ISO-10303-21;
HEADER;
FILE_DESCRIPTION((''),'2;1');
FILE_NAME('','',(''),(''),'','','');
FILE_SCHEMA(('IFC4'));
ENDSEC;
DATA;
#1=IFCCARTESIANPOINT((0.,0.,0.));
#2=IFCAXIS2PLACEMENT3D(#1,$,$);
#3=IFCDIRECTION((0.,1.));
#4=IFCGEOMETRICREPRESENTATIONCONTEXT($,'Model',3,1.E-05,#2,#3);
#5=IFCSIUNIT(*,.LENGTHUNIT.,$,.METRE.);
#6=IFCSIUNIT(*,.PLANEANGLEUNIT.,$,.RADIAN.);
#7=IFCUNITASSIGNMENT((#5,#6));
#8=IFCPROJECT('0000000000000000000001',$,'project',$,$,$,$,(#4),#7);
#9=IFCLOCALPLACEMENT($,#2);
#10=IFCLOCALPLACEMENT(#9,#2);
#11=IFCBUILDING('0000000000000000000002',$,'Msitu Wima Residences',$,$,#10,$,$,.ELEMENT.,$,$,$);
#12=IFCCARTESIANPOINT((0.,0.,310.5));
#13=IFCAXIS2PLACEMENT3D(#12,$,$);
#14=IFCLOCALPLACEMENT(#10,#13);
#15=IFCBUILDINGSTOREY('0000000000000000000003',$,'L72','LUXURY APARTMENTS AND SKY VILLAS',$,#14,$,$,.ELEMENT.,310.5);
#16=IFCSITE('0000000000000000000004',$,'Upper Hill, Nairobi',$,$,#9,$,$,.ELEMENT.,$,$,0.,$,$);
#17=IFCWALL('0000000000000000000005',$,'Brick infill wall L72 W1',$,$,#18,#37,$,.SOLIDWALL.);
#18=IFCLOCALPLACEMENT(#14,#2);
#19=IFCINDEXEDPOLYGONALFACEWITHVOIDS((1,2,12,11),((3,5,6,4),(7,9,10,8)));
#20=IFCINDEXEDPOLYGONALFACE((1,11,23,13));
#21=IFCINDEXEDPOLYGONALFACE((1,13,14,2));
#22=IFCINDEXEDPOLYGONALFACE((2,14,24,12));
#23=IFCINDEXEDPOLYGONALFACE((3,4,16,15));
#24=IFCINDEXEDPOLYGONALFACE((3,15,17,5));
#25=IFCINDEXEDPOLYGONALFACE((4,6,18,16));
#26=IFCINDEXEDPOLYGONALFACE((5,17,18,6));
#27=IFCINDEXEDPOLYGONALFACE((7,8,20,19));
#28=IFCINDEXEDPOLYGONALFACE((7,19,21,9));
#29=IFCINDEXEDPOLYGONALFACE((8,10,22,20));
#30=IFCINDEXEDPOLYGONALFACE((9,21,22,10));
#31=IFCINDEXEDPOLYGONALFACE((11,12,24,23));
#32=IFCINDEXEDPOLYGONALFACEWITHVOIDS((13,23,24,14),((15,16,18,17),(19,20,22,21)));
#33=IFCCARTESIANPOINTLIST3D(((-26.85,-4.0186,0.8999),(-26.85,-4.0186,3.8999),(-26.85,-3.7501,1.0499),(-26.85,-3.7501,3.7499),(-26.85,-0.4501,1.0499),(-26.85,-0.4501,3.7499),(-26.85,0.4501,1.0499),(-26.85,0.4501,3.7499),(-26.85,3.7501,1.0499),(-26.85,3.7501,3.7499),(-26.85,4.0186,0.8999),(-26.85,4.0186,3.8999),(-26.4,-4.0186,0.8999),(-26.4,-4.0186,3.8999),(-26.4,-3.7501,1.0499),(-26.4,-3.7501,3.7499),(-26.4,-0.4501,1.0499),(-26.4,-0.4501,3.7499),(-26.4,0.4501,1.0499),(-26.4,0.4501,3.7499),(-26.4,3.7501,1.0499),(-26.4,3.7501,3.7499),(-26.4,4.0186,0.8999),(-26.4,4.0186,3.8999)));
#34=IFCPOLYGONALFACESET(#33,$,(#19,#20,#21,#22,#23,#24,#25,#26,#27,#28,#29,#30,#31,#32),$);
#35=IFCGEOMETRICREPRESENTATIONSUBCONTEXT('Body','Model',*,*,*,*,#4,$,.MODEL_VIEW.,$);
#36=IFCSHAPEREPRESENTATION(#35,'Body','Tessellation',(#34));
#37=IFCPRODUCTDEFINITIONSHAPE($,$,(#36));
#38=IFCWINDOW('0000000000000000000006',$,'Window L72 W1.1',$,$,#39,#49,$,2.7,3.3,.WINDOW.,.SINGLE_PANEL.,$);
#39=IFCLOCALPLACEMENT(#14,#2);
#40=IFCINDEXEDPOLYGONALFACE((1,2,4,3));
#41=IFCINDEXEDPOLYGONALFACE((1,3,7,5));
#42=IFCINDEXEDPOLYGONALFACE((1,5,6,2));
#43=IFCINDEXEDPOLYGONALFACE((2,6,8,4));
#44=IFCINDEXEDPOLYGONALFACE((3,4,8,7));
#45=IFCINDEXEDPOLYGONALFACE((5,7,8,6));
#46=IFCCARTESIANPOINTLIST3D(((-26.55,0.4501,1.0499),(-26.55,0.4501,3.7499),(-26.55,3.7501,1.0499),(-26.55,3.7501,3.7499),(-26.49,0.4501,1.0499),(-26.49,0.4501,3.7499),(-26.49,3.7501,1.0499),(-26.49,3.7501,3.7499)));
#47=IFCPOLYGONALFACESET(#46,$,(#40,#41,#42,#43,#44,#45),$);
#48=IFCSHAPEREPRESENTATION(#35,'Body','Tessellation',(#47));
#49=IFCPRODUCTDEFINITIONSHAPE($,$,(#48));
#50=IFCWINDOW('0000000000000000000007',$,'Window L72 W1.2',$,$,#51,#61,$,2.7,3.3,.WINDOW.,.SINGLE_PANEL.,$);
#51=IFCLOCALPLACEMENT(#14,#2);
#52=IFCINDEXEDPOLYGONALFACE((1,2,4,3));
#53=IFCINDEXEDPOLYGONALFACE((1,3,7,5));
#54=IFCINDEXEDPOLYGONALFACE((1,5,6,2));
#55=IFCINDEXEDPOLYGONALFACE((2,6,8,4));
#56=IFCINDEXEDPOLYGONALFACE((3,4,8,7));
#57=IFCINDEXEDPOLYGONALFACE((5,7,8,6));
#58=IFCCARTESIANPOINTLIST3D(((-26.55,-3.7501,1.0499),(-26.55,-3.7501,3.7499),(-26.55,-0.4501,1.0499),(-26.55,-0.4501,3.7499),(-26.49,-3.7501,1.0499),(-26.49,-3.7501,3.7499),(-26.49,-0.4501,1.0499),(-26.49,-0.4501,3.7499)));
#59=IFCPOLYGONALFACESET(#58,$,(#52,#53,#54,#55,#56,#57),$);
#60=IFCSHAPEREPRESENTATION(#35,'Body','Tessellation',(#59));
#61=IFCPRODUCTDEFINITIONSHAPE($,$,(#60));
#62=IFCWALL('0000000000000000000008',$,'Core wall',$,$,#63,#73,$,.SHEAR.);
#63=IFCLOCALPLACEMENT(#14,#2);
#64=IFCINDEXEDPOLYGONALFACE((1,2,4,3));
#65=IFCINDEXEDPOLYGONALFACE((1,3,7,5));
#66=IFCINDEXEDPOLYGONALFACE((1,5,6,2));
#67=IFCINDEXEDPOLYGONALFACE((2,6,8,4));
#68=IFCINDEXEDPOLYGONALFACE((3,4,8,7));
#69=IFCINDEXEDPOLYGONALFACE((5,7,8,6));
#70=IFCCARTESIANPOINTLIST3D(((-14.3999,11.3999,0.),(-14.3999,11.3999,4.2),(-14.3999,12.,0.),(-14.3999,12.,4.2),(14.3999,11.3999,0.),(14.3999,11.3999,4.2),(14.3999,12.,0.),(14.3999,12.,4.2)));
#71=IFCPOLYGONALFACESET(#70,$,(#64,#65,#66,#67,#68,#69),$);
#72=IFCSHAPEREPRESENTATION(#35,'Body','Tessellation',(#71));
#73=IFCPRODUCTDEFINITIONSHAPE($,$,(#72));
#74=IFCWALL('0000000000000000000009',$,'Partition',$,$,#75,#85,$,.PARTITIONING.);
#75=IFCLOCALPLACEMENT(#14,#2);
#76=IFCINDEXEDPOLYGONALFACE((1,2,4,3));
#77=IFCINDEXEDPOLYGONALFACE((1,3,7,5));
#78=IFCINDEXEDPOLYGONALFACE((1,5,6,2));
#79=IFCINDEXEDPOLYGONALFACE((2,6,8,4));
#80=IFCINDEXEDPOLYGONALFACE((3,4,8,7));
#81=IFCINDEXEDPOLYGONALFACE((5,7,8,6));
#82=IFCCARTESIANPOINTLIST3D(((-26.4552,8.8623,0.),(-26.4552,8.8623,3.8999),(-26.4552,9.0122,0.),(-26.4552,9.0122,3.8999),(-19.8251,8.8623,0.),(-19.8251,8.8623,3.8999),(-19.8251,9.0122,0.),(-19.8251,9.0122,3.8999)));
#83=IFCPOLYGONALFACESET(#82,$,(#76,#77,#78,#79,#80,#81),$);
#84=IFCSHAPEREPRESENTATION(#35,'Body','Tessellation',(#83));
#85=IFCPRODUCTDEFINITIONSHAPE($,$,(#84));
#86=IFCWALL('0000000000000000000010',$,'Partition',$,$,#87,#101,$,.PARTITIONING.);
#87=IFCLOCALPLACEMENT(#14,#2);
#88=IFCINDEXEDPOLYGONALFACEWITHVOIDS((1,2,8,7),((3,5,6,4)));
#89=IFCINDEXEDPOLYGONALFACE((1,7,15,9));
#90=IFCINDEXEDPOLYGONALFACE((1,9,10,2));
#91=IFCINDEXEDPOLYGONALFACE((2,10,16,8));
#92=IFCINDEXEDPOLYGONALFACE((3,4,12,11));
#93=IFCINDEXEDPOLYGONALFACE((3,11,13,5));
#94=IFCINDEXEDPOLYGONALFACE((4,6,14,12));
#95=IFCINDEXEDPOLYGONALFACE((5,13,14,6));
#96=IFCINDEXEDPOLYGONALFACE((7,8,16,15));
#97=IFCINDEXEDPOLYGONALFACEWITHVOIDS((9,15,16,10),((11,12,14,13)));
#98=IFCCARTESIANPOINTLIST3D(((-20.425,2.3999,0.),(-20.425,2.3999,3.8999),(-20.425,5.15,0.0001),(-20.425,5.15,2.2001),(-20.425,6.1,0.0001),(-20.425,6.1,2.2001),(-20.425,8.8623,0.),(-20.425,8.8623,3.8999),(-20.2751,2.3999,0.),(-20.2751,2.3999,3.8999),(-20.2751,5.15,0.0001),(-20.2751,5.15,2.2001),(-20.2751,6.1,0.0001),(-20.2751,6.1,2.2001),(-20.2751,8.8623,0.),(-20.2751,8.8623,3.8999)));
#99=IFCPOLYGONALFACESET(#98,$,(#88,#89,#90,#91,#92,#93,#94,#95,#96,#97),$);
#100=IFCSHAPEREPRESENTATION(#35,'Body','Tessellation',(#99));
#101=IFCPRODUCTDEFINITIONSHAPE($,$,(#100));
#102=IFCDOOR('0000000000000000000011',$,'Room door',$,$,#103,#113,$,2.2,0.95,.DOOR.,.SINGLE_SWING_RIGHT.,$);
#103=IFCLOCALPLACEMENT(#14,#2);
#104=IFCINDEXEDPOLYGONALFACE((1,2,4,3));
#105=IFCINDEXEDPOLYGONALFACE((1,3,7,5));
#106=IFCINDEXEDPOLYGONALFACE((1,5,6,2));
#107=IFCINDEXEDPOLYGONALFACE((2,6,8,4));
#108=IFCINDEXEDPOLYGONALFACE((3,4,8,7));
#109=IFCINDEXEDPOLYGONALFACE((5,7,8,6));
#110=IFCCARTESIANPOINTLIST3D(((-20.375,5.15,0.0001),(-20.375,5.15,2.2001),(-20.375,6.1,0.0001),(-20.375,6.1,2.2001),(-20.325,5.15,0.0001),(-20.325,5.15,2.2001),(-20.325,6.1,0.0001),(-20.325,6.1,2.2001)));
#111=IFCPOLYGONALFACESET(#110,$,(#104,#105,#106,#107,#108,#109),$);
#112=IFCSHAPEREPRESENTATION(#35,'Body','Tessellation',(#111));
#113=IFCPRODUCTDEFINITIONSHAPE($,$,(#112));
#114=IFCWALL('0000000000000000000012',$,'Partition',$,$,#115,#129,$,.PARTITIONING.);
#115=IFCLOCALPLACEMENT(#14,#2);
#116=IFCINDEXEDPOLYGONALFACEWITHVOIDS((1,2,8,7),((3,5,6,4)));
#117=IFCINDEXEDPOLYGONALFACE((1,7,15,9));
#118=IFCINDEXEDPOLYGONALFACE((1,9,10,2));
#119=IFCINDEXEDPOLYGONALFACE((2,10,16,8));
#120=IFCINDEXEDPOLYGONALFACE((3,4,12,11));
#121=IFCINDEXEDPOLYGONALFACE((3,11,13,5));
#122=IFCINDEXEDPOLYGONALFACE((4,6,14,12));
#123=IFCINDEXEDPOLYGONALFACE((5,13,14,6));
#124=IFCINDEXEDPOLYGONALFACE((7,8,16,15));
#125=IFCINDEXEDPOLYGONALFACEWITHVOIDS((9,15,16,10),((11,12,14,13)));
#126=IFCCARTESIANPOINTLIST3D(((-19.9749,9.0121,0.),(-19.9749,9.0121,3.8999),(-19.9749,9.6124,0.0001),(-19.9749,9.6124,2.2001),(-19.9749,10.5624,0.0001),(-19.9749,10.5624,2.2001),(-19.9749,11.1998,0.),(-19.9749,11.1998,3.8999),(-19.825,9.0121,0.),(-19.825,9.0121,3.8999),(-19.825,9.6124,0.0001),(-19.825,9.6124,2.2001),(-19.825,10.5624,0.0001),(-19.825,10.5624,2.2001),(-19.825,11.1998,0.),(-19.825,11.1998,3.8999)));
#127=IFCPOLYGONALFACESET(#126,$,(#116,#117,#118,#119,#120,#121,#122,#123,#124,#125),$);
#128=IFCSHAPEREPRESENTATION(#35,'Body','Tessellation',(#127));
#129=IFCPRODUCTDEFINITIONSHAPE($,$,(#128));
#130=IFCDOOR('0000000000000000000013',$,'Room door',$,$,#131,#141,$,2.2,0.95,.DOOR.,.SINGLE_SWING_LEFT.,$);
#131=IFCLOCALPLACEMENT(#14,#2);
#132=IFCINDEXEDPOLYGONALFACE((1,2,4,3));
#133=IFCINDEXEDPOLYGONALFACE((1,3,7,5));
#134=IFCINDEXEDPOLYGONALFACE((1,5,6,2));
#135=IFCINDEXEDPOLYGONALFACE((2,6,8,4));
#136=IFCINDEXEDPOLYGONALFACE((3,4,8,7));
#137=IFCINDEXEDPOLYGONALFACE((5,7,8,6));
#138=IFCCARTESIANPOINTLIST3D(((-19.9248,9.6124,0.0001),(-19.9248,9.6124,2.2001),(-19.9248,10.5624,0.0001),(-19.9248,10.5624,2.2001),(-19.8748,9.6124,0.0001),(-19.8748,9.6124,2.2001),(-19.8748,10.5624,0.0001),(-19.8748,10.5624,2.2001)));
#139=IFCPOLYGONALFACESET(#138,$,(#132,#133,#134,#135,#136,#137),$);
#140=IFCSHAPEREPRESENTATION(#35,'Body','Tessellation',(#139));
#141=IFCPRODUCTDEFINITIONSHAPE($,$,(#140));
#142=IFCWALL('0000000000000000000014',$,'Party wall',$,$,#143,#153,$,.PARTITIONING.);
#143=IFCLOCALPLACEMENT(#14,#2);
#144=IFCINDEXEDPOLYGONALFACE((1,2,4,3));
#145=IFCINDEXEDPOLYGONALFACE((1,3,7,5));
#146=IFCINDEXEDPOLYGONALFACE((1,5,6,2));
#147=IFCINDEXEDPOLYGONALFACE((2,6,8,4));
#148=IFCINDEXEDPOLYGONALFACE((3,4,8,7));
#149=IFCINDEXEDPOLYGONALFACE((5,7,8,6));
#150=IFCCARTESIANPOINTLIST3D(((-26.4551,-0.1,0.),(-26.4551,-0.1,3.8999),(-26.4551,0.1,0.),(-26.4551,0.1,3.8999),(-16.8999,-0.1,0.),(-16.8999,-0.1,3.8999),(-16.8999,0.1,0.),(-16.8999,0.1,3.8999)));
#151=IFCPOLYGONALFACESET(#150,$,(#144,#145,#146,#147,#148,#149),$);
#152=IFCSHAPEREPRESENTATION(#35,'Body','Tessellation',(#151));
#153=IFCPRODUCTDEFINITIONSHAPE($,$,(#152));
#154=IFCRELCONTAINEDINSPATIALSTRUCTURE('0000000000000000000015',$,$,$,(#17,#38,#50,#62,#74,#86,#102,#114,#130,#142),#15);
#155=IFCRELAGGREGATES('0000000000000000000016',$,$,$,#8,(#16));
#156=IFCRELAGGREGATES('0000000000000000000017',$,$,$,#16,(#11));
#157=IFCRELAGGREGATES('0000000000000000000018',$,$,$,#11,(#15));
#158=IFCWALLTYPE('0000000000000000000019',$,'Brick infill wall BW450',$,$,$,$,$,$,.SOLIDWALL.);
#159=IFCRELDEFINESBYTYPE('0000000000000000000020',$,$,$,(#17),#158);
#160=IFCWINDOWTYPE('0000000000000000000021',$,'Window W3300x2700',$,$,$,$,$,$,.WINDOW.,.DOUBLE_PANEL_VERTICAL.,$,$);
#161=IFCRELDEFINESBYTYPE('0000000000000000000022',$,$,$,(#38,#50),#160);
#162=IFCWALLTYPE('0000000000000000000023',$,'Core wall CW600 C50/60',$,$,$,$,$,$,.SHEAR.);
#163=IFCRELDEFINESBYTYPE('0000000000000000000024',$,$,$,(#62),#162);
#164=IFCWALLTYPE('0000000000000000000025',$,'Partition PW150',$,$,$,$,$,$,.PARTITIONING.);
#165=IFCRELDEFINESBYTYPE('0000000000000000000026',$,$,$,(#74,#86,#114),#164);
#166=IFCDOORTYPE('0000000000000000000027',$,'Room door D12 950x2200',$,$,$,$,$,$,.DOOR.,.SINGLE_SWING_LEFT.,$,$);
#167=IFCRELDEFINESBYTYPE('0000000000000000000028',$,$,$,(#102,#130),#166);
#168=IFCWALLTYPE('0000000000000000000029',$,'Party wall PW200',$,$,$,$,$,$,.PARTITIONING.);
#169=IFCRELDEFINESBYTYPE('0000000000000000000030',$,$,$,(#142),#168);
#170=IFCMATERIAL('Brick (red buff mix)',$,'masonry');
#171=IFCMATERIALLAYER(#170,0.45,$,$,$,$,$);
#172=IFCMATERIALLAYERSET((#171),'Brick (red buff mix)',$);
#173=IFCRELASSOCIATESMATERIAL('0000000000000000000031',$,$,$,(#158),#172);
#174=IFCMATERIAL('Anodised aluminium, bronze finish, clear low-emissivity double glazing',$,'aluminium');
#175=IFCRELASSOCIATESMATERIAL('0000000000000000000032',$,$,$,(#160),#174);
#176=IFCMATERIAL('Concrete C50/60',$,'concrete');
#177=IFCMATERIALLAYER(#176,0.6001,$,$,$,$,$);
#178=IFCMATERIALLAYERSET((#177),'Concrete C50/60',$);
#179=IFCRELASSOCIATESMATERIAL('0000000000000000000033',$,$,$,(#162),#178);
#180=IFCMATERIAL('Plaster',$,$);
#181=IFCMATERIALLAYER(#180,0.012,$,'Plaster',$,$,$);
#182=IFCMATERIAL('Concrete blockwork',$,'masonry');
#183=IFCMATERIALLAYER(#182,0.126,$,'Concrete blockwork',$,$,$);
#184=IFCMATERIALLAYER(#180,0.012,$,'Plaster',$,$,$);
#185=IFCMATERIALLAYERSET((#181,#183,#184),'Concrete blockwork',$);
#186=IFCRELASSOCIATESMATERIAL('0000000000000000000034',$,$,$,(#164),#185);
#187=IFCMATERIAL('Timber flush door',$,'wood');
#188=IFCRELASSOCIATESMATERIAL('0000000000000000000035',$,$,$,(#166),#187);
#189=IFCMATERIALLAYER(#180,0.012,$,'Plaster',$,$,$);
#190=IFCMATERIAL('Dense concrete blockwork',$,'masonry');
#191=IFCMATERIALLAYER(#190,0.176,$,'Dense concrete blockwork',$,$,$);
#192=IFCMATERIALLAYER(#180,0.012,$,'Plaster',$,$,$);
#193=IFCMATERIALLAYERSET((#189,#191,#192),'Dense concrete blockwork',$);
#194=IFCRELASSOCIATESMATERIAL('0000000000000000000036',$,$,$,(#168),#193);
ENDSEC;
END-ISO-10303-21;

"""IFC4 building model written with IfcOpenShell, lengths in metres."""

from ifc_helpers import new_model, si_unit, direction, frame, frame_2d, origin, place, context, subcontext, project, spatial, rectangle, extrude, material, layer, layer_set, type_object, element, fill, save


model = new_model("IFC4")

# Units and contexts
model_context = context("Model", 3, precision=1e-05, world=origin(), true_north=direction((0.0, 1.0)))
body_context = subcontext(model_context, "Body", "Model", "MODEL_VIEW")
ifc_project = project(units=[si_unit("LENGTHUNIT", "METRE"), si_unit("PLANEANGLEUNIT", "RADIAN")], contexts=[model_context])

# Site, building, storey
site_placement = place(None, origin())
site = spatial("IfcSite", under=ifc_project, at=site_placement, Name="Upper Hill, Nairobi", CompositionType="ELEMENT", RefElevation=0.0)
building_placement = place(site_placement, origin())
building = spatial("IfcBuilding", under=site, at=building_placement, Name="Msitu Wima Residences", CompositionType="ELEMENT")
storey_placement = place(building_placement, frame((0.0, 0.0, 310.5)))
storey = spatial("IfcBuildingStorey", under=building, at=storey_placement, Name="L72", Description="LUXURY APARTMENTS AND SKY VILLAS", CompositionType="ELEMENT", Elevation=310.5)

# Shared definitions
ifc_material_1 = material(Name="Concrete C50/60", Category="concrete")

# Shared definitions
ifc_material_2 = material(Name="Brick (red buff mix)", Category="masonry")
ifc_layer_1 = layer(ifc_material_2, 0.45)
ifc_layer_set_1 = layer_set([ifc_layer_1], Name="Brick (red buff mix)")
wall_type_1 = type_object("IfcWallType", Name="Brick infill wall BW450", PredefinedType="SOLIDWALL", material=ifc_layer_set_1)
ifc_material_3 = material(Name="Anodised aluminium, bronze finish, clear low-emissivity double glazing", Category="aluminium")
window_type = type_object("IfcWindowType", Name="Window W3300x2700", PartitioningType="DOUBLE_PANEL_VERTICAL", PredefinedType="WINDOW", material=ifc_material_3)

# Wall, openings, windows
wall_1_placement = place(storey_placement, frame((-26.625, 4.0186, 0.8999), z_axis=(0.0, 0.0, 1.0), x_axis=(0.0, -1.0, 0.0)))
wall_1 = element("IfcWall", 1, at=wall_1_placement, inside=storey, type_object=wall_type_1, Name="Brick infill wall L72 W1", PredefinedType="SOLIDWALL", context=body_context, shape_type="SweptSolid", body=[
    extrude(rectangle(XDim=8.0371, YDim=0.45, at=frame_2d((4.0186, 0.0))), origin(), (0.0, 0.0, 1.0), 3.0),
])
opening_1_placement = place(wall_1_placement, frame((0.2686, 0.0, 0.1499)))
opening_1 = element("IfcOpeningElement", 2, at=opening_1_placement, cuts=wall_1, PredefinedType="OPENING", context=body_context, shape_type="SweptSolid", body=[
    extrude(rectangle(XDim=3.3, YDim=2.7, at=frame_2d((1.6499, 1.3501))), frame((0.0, 0.2349, 0.0), z_axis=(0.0, -1.0, 0.0), x_axis=(1.0, 0.0, 0.0)), (0.0, 0.0, 1.0), 0.47),
])
opening_2_placement = place(wall_1_placement, frame((4.4688, 0.0, 0.1499)))
opening_2 = element("IfcOpeningElement", 3, at=opening_2_placement, cuts=wall_1, PredefinedType="OPENING", context=body_context, shape_type="SweptSolid", body=[
    extrude(rectangle(XDim=3.3, YDim=2.7, at=frame_2d((1.6499, 1.3501))), frame((0.0, 0.2349, 0.0), z_axis=(0.0, -1.0, 0.0), x_axis=(1.0, 0.0, 0.0)), (0.0, 0.0, 1.0), 0.47),
])
window_1_placement = place(opening_1_placement, origin())
window_1 = element("IfcWindow", 4, at=window_1_placement, inside=storey, type_object=window_type, Name="Window L72 W1.1", OverallHeight=2.7, OverallWidth=3.3, PartitioningType="SINGLE_PANEL", PredefinedType="WINDOW", context=body_context, shape_type="SweptSolid", body=[
    extrude(rectangle(XDim=3.3, YDim=2.7, at=frame_2d((1.6499, 1.3501))), frame((0.0, 0.135, 0.0), z_axis=(0.0, -1.0, 0.0), x_axis=(1.0, 0.0, 0.0)), (0.0, 0.0, 1.0), 0.0601),
])
fill(opening_1, window_1)
window_2_placement = place(opening_2_placement, origin())
window_2 = element("IfcWindow", 5, at=window_2_placement, inside=storey, type_object=window_type, Name="Window L72 W1.2", OverallHeight=2.7, OverallWidth=3.3, PartitioningType="SINGLE_PANEL", PredefinedType="WINDOW", context=body_context, shape_type="SweptSolid", body=[
    extrude(rectangle(XDim=3.3, YDim=2.7, at=frame_2d((1.6499, 1.3501))), frame((0.0, 0.135, 0.0), z_axis=(0.0, -1.0, 0.0), x_axis=(1.0, 0.0, 0.0)), (0.0, 0.0, 1.0), 0.0601),
])
fill(opening_2, window_2)

# Walls
ifc_layer_2 = layer(ifc_material_1, 0.6001)
ifc_layer_set_2 = layer_set([ifc_layer_2], Name="Concrete C50/60")
wall_type_2 = type_object("IfcWallType", Name="Core wall CW600 C50/60", PredefinedType="SHEAR", material=ifc_layer_set_2)
wall_2_placement = place(storey_placement, frame((-14.3999, 11.7, 0.0), z_axis=(0.0, 0.0, 1.0), x_axis=(1.0, 0.0, 0.0)))
element("IfcWall", 6, at=wall_2_placement, inside=storey, type_object=wall_type_2, Name="Core wall", PredefinedType="SHEAR", context=body_context, shape_type="SweptSolid", body=[
    extrude(rectangle(XDim=28.7998, YDim=0.6001, at=frame_2d((14.3999, 0.0))), origin(), (0.0, 0.0, 1.0), 4.2),
])
ifc_material_4 = material(Name="Plaster")
ifc_layer_3 = layer(ifc_material_4, 0.012, Name="Plaster")
ifc_material_5 = material(Name="Concrete blockwork", Category="masonry")
ifc_layer_4 = layer(ifc_material_5, 0.126, Name="Concrete blockwork")
ifc_layer_5 = layer(ifc_material_4, 0.012, Name="Plaster")
ifc_layer_set_3 = layer_set([ifc_layer_3, ifc_layer_4, ifc_layer_5], Name="Concrete blockwork")
wall_type_3 = type_object("IfcWallType", Name="Partition PW150", PredefinedType="PARTITIONING", material=ifc_layer_set_3)
wall_3_placement = place(storey_placement, frame((-26.4551, 8.9373, 0.0), z_axis=(0.0, 0.0, 1.0), x_axis=(1.0, 0.0, 0.0)))
element("IfcWall", 7, at=wall_3_placement, inside=storey, type_object=wall_type_3, Name="Partition", PredefinedType="PARTITIONING", context=body_context, shape_type="SweptSolid", body=[
    extrude(rectangle(XDim=6.6301, YDim=0.1499, at=frame_2d((3.3149, 0.0))), origin(), (0.0, 0.0, 1.0), 3.8999),
])

# Walls, openings, doors
wall_4_placement = place(storey_placement, frame((-20.3501, 2.3999, 0.0), z_axis=(0.0, 0.0, 1.0), x_axis=(0.0, 1.0, 0.0)))
wall_4 = element("IfcWall", 8, at=wall_4_placement, inside=storey, type_object=wall_type_3, Name="Partition", PredefinedType="PARTITIONING", context=body_context, shape_type="SweptSolid", body=[
    extrude(rectangle(XDim=6.4624, YDim=0.1499, at=frame_2d((3.2312, 0.0))), origin(), (0.0, 0.0, 1.0), 3.8999),
])
opening_3_placement = place(wall_4_placement, frame((2.75, 0.0, 0.0)))
opening_3 = element("IfcOpeningElement", 9, at=opening_3_placement, cuts=wall_4, PredefinedType="OPENING", context=body_context, shape_type="SweptSolid", body=[
    extrude(rectangle(XDim=0.95, YDim=2.2, at=frame_2d((0.4751, 1.1001))), frame((0.0, 0.085, 0.0), z_axis=(0.0, -1.0, 0.0), x_axis=(1.0, 0.0, 0.0)), (0.0, 0.0, 1.0), 0.1699),
])
ifc_material_6 = material(Name="Timber flush door", Category="wood")
door_type_1 = type_object("IfcDoorType", Name="Room door D12 950x2200", OperationType="SINGLE_SWING_LEFT", PredefinedType="DOOR", material=ifc_material_6)
door_1_placement = place(opening_3_placement, origin())
door_1 = element("IfcDoor", 10, at=door_1_placement, inside=storey, type_object=door_type_1, Name="Room door", OperationType="SINGLE_SWING_RIGHT", OverallHeight=2.2, OverallWidth=0.95, PredefinedType="DOOR", context=body_context, shape_type="SweptSolid", body=[
    extrude(rectangle(XDim=0.95, YDim=2.2, at=frame_2d((0.4751, 1.1001))), frame((0.0, 0.0249, 0.0), z_axis=(0.0, -1.0, 0.0), x_axis=(1.0, 0.0, 0.0)), (0.0, 0.0, 1.0), 0.05),
])
fill(opening_3, door_1)
wall_5_placement = place(storey_placement, frame((-19.8999, 9.0122, 0.0), z_axis=(0.0, 0.0, 1.0), x_axis=(0.0, 1.0, 0.0)))
wall_5 = element("IfcWall", 11, at=wall_5_placement, inside=storey, type_object=wall_type_3, Name="Partition", PredefinedType="PARTITIONING", context=body_context, shape_type="SweptSolid", body=[
    extrude(rectangle(XDim=2.1877, YDim=0.1499, at=frame_2d((1.0938, 0.0))), origin(), (0.0, 0.0, 1.0), 3.8999),
])
opening_4_placement = place(wall_5_placement, frame((0.6001, 0.0, 0.0)))
opening_4 = element("IfcOpeningElement", 12, at=opening_4_placement, cuts=wall_5, PredefinedType="OPENING", context=body_context, shape_type="SweptSolid", body=[
    extrude(rectangle(XDim=0.95, YDim=2.2, at=frame_2d((0.4751, 1.1001))), frame((0.0, 0.085, 0.0), z_axis=(0.0, -1.0, 0.0), x_axis=(1.0, 0.0, 0.0)), (0.0, 0.0, 1.0), 0.1699),
])
door_2_placement = place(opening_4_placement, origin())
door_2 = element("IfcDoor", 13, at=door_2_placement, inside=storey, type_object=door_type_1, Name="Room door", OperationType="SINGLE_SWING_LEFT", OverallHeight=2.2, OverallWidth=0.95, PredefinedType="DOOR", context=body_context, shape_type="SweptSolid", body=[
    extrude(rectangle(XDim=0.95, YDim=2.2, at=frame_2d((0.4751, 1.1001))), frame((0.0, 0.0249, 0.0), z_axis=(0.0, -1.0, 0.0), x_axis=(1.0, 0.0, 0.0)), (0.0, 0.0, 1.0), 0.05),
])
fill(opening_4, door_2)

# Wall
ifc_layer_6 = layer(ifc_material_4, 0.012, Name="Plaster")
ifc_material_7 = material(Name="Dense concrete blockwork", Category="masonry")
ifc_layer_7 = layer(ifc_material_7, 0.176, Name="Dense concrete blockwork")
ifc_layer_8 = layer(ifc_material_4, 0.012, Name="Plaster")
ifc_layer_set_4 = layer_set([ifc_layer_6, ifc_layer_7, ifc_layer_8], Name="Dense concrete blockwork")
wall_type_4 = type_object("IfcWallType", Name="Party wall PW200", PredefinedType="PARTITIONING", material=ifc_layer_set_4)
wall_6_placement = place(storey_placement, frame((-26.4551, 0.0, 0.0), z_axis=(0.0, 0.0, 1.0), x_axis=(1.0, 0.0, 0.0)))
element("IfcWall", 14, at=wall_6_placement, inside=storey, type_object=wall_type_4, Name="Party wall", PredefinedType="PARTITIONING", context=body_context, shape_type="SweptSolid", body=[
    extrude(rectangle(XDim=9.5552, YDim=0.2, at=frame_2d((4.7776, 0.0))), origin(), (0.0, 0.0, 1.0), 3.8999),
])

save(model, "model.ifc")
